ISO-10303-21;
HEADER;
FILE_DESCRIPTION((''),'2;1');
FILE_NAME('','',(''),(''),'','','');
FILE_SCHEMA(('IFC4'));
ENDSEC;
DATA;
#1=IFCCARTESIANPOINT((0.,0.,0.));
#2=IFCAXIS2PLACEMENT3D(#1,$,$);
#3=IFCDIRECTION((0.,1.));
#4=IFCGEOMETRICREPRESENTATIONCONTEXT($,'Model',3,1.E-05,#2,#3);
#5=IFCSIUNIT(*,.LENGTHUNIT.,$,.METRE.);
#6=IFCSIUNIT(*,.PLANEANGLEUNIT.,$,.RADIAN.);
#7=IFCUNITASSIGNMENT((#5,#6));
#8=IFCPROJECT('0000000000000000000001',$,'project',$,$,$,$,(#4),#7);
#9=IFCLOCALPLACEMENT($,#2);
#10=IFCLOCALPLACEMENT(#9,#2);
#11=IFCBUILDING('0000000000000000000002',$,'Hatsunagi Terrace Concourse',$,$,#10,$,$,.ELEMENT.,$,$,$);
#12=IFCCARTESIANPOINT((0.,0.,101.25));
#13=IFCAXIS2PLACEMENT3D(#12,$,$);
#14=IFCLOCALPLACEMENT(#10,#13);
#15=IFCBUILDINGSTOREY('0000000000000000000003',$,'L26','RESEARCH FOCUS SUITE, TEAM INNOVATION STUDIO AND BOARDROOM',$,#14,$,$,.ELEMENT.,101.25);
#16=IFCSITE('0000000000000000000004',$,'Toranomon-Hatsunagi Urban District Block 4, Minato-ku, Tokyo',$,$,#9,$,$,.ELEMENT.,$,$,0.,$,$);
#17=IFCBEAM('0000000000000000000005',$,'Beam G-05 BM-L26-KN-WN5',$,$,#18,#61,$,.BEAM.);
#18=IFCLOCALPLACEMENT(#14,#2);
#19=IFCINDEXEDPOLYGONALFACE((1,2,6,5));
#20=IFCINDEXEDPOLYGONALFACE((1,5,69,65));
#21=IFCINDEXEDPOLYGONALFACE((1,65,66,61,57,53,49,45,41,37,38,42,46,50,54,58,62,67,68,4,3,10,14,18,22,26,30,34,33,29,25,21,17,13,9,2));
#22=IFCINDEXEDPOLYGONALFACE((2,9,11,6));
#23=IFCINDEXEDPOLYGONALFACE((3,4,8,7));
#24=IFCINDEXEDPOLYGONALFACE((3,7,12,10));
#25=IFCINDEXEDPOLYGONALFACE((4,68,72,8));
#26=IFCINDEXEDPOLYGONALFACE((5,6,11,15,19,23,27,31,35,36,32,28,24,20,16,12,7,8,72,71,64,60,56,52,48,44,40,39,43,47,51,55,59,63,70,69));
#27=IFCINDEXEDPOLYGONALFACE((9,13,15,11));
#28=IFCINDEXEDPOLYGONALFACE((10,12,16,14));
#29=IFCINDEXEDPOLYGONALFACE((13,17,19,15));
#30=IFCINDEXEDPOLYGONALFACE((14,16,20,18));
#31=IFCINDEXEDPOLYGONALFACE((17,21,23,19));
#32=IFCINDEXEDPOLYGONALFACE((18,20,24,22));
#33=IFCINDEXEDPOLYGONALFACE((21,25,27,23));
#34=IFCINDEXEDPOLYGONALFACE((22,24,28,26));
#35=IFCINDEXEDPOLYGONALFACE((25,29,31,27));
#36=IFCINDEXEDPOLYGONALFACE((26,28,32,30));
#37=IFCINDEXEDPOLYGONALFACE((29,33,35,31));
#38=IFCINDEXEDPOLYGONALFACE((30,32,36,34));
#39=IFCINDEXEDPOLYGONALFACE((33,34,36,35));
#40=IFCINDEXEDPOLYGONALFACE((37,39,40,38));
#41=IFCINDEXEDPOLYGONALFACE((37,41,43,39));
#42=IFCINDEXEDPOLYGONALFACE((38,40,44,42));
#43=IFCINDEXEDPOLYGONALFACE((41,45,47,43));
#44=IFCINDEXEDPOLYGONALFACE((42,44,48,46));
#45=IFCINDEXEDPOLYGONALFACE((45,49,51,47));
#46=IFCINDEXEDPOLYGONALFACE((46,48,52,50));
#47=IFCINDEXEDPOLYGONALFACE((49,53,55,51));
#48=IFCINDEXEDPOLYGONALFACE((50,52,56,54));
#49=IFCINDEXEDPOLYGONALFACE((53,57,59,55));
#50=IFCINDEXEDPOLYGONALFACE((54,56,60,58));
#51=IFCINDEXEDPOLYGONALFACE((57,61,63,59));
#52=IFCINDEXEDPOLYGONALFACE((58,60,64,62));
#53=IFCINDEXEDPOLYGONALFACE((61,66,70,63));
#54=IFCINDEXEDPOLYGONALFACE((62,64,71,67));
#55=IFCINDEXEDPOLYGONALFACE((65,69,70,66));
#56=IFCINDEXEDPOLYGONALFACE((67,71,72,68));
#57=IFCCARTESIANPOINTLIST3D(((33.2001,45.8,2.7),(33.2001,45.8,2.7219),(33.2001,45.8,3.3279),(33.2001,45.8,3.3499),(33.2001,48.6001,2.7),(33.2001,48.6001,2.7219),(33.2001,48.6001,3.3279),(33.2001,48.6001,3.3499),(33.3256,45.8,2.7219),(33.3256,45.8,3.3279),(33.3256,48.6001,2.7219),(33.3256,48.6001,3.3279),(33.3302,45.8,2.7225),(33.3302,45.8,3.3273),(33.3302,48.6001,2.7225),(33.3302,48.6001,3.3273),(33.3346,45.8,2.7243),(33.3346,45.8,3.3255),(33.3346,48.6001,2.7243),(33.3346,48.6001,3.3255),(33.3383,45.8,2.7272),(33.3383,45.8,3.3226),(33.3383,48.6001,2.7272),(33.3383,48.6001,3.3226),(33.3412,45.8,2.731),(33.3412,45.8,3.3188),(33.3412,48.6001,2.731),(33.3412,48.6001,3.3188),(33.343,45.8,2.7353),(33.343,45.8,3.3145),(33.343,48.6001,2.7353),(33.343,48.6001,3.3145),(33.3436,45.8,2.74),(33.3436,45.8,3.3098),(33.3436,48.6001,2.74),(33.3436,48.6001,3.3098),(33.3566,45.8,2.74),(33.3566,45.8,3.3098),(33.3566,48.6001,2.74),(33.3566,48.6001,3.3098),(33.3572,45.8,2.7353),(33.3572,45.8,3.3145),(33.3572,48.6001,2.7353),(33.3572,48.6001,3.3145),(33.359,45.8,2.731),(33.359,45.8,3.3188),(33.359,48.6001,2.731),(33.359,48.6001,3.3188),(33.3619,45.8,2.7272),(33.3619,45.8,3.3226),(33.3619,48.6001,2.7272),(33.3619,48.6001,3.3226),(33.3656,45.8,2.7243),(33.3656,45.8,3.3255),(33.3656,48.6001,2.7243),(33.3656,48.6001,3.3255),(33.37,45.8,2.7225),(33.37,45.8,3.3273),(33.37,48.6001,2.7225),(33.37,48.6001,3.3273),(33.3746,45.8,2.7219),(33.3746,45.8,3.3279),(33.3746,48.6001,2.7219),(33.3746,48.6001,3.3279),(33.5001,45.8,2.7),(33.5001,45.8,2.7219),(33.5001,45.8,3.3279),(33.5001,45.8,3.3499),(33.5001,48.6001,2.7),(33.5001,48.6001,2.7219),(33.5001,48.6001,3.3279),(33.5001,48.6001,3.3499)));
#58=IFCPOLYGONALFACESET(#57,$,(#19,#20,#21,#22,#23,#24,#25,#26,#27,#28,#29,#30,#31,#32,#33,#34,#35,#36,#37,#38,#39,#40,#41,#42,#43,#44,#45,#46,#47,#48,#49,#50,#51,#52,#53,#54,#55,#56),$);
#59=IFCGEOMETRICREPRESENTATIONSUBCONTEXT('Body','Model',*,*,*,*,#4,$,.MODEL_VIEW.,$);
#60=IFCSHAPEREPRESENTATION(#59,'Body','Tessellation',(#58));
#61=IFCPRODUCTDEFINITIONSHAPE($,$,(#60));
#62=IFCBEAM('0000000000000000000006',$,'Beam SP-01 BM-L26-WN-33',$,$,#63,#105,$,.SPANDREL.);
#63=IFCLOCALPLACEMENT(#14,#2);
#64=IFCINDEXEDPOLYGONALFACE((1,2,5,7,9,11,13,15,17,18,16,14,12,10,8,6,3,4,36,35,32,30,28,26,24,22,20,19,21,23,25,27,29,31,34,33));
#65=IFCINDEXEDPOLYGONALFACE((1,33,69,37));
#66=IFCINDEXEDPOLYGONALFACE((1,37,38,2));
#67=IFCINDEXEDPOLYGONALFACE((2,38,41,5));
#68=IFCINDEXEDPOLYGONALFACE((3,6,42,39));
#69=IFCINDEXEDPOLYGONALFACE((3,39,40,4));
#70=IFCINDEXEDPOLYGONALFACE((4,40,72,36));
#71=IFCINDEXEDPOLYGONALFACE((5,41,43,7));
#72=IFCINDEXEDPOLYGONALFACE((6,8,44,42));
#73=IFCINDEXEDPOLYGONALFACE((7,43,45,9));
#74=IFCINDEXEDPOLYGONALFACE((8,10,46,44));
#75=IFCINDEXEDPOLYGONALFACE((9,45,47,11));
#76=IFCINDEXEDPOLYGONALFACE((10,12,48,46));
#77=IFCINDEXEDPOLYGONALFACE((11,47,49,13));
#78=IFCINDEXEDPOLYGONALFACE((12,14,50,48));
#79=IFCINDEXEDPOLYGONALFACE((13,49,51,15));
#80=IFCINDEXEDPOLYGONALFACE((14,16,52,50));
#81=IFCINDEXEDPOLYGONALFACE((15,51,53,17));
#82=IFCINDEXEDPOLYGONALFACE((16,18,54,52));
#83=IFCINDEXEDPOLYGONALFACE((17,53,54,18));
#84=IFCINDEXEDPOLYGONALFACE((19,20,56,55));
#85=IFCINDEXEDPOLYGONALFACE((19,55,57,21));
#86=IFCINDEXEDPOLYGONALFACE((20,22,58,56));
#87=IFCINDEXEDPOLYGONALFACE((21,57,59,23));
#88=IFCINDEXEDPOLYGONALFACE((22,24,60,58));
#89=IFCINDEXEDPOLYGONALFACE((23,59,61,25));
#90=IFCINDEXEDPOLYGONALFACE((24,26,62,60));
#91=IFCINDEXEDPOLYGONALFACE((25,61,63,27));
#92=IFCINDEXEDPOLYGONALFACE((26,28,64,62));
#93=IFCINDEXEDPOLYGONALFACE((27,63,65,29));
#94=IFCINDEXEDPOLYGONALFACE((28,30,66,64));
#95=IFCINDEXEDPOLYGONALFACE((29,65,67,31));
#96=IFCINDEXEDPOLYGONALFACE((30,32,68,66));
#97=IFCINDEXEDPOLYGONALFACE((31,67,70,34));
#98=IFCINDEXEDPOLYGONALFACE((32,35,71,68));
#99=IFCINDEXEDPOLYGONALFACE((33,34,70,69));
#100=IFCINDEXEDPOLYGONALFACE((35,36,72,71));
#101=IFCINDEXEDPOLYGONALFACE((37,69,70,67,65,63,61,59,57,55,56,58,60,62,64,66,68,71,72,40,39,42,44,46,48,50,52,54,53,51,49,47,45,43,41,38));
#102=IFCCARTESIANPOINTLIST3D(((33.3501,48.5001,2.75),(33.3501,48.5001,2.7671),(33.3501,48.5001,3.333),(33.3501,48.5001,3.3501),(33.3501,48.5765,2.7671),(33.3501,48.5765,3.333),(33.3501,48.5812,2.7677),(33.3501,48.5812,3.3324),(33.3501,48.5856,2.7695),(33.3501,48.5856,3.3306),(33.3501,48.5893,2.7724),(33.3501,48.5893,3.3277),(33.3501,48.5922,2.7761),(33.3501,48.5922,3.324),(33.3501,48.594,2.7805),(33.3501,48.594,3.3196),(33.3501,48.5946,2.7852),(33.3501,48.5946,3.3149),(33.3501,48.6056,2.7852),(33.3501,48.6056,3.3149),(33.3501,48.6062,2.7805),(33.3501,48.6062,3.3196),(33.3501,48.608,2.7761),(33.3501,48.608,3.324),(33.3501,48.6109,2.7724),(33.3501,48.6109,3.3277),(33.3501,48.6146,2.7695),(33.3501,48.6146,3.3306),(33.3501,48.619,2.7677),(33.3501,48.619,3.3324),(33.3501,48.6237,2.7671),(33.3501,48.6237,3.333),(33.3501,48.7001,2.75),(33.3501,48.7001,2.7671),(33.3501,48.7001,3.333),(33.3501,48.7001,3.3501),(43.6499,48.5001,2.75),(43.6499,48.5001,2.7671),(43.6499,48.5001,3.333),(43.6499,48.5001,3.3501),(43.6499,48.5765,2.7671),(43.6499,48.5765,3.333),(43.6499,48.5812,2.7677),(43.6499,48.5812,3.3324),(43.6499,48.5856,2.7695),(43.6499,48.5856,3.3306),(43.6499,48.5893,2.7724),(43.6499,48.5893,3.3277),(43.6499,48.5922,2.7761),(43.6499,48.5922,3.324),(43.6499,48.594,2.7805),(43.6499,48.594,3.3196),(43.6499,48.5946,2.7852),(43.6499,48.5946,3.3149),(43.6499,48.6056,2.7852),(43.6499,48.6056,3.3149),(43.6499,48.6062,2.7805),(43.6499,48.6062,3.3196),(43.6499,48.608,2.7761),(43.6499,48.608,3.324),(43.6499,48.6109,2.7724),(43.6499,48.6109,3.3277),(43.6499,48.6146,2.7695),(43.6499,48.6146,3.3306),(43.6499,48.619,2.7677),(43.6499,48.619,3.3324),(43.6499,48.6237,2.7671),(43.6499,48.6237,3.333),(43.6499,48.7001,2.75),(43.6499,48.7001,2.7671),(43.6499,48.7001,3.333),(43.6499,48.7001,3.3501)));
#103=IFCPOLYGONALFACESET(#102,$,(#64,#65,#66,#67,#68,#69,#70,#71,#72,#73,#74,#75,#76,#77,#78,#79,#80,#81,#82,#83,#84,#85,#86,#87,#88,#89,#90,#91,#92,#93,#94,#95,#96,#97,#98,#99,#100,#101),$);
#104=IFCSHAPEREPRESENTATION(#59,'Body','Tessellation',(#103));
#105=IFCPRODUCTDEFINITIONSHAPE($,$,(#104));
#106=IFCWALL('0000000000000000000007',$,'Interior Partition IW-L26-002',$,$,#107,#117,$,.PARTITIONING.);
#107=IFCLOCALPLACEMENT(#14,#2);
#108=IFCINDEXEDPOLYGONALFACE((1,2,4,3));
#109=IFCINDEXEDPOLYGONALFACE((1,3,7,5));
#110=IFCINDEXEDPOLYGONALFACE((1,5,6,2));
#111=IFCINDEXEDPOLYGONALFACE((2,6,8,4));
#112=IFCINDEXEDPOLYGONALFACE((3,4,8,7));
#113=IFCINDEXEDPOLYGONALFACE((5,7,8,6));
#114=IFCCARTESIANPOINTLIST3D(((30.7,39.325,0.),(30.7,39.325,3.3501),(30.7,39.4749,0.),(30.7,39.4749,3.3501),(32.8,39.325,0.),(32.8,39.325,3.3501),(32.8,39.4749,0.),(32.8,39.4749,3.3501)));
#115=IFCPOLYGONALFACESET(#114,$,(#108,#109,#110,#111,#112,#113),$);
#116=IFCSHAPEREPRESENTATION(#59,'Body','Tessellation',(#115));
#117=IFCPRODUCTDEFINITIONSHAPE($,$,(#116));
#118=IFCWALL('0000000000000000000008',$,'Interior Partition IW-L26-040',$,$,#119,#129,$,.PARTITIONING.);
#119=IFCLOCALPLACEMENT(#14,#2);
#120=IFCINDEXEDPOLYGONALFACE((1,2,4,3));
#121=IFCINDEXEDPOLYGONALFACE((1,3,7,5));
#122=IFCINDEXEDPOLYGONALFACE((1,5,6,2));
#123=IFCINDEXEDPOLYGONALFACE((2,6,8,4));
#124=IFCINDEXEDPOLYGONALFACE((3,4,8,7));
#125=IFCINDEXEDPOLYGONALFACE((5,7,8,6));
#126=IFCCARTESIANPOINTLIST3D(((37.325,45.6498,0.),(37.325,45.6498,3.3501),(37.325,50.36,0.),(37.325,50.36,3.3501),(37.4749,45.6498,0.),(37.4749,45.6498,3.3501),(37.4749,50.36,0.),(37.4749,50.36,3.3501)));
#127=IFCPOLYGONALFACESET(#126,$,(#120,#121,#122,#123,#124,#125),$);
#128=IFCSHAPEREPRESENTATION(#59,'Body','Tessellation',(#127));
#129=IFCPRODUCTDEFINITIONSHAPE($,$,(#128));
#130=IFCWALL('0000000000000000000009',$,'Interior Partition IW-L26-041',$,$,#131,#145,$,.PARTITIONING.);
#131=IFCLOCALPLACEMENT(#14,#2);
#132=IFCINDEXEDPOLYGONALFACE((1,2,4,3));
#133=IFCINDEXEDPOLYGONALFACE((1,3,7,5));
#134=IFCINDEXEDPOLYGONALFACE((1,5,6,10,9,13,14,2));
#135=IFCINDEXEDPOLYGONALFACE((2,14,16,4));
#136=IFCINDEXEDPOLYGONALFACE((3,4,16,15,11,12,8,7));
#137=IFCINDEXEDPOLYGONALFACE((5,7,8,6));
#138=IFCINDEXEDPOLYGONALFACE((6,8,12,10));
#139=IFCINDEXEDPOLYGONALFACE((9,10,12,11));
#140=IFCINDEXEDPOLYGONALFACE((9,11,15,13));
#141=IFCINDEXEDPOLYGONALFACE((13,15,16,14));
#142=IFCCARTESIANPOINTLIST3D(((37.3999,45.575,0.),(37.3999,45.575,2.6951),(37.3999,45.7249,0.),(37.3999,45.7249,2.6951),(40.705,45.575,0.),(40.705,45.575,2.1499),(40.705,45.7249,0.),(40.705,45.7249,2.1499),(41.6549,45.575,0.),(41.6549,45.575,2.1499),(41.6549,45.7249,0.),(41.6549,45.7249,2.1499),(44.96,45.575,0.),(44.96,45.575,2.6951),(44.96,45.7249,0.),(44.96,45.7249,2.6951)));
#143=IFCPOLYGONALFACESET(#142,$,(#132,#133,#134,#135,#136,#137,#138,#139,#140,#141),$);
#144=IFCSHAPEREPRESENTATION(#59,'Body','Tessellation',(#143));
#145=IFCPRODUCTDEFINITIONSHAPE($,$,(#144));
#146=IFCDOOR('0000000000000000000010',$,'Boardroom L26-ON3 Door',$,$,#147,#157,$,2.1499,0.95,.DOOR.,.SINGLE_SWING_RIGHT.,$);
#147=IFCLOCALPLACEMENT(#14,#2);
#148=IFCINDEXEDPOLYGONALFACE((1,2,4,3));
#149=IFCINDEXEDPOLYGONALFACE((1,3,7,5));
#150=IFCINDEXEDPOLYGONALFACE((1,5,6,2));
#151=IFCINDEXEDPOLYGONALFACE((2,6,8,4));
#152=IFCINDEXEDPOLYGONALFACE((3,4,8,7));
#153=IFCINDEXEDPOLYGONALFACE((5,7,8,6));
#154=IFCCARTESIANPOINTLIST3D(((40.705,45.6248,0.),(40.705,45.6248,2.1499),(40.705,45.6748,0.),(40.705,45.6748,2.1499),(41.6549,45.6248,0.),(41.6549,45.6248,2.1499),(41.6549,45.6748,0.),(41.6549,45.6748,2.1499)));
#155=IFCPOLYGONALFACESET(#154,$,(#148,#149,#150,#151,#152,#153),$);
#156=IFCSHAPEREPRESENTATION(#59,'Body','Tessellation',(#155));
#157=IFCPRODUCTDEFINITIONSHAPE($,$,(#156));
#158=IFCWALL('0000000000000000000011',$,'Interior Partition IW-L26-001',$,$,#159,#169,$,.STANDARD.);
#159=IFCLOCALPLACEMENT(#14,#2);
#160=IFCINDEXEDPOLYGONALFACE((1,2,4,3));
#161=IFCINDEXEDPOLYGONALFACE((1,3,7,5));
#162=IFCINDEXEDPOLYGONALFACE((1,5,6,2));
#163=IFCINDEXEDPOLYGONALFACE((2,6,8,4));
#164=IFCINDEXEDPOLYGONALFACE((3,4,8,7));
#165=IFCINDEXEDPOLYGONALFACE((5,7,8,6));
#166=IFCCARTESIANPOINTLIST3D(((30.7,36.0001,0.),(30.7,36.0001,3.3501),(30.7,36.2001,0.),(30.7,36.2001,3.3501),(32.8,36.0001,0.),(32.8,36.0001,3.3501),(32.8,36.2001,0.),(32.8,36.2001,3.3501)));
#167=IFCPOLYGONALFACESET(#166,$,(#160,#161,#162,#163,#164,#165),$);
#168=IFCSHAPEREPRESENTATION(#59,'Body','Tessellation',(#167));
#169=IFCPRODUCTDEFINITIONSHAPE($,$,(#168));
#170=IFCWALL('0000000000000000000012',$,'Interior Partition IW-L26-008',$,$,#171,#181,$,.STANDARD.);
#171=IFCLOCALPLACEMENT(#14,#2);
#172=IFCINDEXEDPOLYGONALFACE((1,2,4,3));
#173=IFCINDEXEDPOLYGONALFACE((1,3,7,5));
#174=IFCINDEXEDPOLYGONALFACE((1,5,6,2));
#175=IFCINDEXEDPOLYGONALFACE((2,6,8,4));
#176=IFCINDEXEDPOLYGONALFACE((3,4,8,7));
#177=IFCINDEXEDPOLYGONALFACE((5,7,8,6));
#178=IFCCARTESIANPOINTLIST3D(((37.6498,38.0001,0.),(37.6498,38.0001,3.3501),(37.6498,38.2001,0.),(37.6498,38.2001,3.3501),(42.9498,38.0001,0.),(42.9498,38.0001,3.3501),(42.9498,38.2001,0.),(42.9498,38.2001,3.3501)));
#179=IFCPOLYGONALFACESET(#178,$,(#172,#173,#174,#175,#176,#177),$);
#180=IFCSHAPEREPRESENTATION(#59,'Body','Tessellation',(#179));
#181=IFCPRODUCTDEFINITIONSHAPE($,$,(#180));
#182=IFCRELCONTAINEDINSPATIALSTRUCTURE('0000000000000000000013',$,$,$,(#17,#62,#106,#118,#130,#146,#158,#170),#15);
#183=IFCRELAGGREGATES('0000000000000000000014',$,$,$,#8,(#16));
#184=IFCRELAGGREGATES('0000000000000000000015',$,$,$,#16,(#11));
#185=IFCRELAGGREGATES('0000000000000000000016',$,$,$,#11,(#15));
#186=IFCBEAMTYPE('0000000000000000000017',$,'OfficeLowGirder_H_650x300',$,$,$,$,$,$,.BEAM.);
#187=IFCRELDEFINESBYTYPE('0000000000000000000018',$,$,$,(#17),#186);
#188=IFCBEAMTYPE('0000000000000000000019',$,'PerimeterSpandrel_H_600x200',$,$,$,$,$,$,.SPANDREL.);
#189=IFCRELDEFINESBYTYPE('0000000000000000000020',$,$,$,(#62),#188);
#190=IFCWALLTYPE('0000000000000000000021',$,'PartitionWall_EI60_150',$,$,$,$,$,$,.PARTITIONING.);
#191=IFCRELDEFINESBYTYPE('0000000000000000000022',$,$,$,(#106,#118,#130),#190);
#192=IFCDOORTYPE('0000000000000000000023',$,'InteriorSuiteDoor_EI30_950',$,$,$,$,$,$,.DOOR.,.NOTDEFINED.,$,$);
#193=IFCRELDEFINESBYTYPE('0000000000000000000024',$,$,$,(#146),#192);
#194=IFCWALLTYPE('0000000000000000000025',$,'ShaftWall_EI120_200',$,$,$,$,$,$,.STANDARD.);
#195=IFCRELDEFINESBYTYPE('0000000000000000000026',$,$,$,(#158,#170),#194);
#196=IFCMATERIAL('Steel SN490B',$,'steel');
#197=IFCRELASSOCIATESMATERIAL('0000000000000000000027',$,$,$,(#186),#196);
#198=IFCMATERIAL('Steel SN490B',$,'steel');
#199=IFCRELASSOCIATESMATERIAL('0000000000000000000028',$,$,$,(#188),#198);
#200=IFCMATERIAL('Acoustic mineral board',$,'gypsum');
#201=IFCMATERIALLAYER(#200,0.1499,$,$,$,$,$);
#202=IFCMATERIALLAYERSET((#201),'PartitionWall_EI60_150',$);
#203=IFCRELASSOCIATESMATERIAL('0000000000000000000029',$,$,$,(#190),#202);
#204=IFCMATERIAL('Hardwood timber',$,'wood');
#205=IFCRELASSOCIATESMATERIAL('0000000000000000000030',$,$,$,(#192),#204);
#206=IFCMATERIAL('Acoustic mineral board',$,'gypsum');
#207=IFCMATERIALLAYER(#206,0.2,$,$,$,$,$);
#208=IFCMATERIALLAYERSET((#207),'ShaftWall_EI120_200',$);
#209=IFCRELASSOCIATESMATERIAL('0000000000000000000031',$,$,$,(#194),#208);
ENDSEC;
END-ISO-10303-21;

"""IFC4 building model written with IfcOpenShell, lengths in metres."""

from ifc_helpers import new_model, si_unit, direction, frame, frame_2d, origin, origin_2d, place, context, subcontext, project, spatial, rectangle, i_section, extrude, material, layer, layer_set, material_profile, profile_set, type_object, element, fill, save


model = new_model("IFC4")

# Units and contexts
model_context = context("Model", 3, precision=1e-05, world=origin(), true_north=direction((0.0, 1.0)))
body_context = subcontext(model_context, "Body", "Model", "MODEL_VIEW")
ifc_project = project(units=[si_unit("LENGTHUNIT", "METRE"), si_unit("PLANEANGLEUNIT", "RADIAN")], contexts=[model_context])

# Site, building, storey
site_placement = place(None, origin())
site = spatial("IfcSite", under=ifc_project, at=site_placement, Name="Toranomon-Hatsunagi Urban District Block 4, Minato-ku, Tokyo", CompositionType="ELEMENT", RefElevation=0.0)
building_placement = place(site_placement, origin())
building = spatial("IfcBuilding", under=site, at=building_placement, Name="Hatsunagi Terrace Concourse", CompositionType="ELEMENT")
storey_placement = place(building_placement, frame((0.0, 0.0, 101.25)))
storey = spatial("IfcBuildingStorey", under=building, at=storey_placement, Name="L26", Description="RESEARCH FOCUS SUITE, TEAM INNOVATION STUDIO AND BOARDROOM", CompositionType="ELEMENT", Elevation=101.25)

# Beams
ifc_material_1 = material(Name="Steel SN490B", Category="steel")
ifc_material_profile_1 = material_profile(ifc_material_1, i_section(OverallWidth=0.3, OverallDepth=0.6499, WebThickness=0.0129, FlangeThickness=0.022, FilletRadius=0.0181, at=origin_2d()), Name="H-650x300x13x22")
ifc_profile_set_1 = profile_set([ifc_material_profile_1], Name="Steel SN490B")
beam_type_1 = type_object("IfcBeamType", Name="OfficeLowGirder_H_650x300", PredefinedType="BEAM", material=ifc_profile_set_1)
beam_1_placement = place(storey_placement, frame((33.3501, 45.8, 3.0249), z_axis=(0.0, 1.0, 0.0), x_axis=(-1.0, 0.0, 0.0)))
element("IfcBeam", 1, at=beam_1_placement, inside=storey, type_object=beam_type_1, Name="Beam G-05 BM-L26-KN-WN5", PredefinedType="BEAM", context=body_context, shape_type="SweptSolid", body=[
    extrude(i_section(OverallWidth=0.3, OverallDepth=0.6499, WebThickness=0.0129, FlangeThickness=0.022, FilletRadius=0.0181, at=origin_2d()), origin(), (0.0, 0.0, 1.0), 2.8),
])
ifc_material_2 = material(Name="Steel SN490B", Category="steel")
ifc_material_profile_2 = material_profile(ifc_material_2, i_section(OverallWidth=0.2, OverallDepth=0.6001, WebThickness=0.011, FlangeThickness=0.0171, FilletRadius=0.0181, at=origin_2d()), Name="H-600x200x11x17")
ifc_profile_set_2 = profile_set([ifc_material_profile_2], Name="Steel SN490B")
beam_type_2 = type_object("IfcBeamType", Name="PerimeterSpandrel_H_600x200", PredefinedType="SPANDREL", material=ifc_profile_set_2)
beam_2_placement = place(storey_placement, frame((33.3501, 48.6001, 3.05), z_axis=(1.0, 0.0, 0.0), x_axis=(0.0, 1.0, 0.0)))
element("IfcBeam", 2, at=beam_2_placement, inside=storey, type_object=beam_type_2, Name="Beam SP-01 BM-L26-WN-33", PredefinedType="SPANDREL", context=body_context, shape_type="SweptSolid", body=[
    extrude(i_section(OverallWidth=0.2, OverallDepth=0.6001, WebThickness=0.011, FlangeThickness=0.0171, FilletRadius=0.0181, at=origin_2d()), origin(), (0.0, 0.0, 1.0), 10.2998),
])

# Walls
ifc_material_3 = material(Name="Acoustic mineral board", Category="gypsum")
ifc_layer_1 = layer(ifc_material_3, 0.1499)
ifc_layer_set_1 = layer_set([ifc_layer_1], Name="PartitionWall_EI60_150")
wall_type_1 = type_object("IfcWallType", Name="PartitionWall_EI60_150", PredefinedType="PARTITIONING", material=ifc_layer_set_1)
wall_1_placement = place(storey_placement, frame((30.7, 39.3999, 0.0), z_axis=(0.0, 0.0, 1.0), x_axis=(1.0, 0.0, 0.0)))
element("IfcWall", 3, at=wall_1_placement, inside=storey, type_object=wall_type_1, Name="Interior Partition IW-L26-002", PredefinedType="PARTITIONING", context=body_context, shape_type="SweptSolid", body=[
    extrude(rectangle(XDim=2.1001, YDim=0.1499, at=frame_2d((1.05, 0.0))), origin(), (0.0, 0.0, 1.0), 3.3501),
])
wall_2_placement = place(storey_placement, frame((37.3999, 45.6499, 0.0), z_axis=(0.0, 0.0, 1.0), x_axis=(0.0, 1.0, 0.0)))
element("IfcWall", 4, at=wall_2_placement, inside=storey, type_object=wall_type_1, Name="Interior Partition IW-L26-040", PredefinedType="PARTITIONING", context=body_context, shape_type="SweptSolid", body=[
    extrude(rectangle(XDim=4.7102, YDim=0.1499, at=frame_2d((2.355, 0.0))), origin(), (0.0, 0.0, 1.0), 3.3501),
])

# Wall, opening, door
wall_3_placement = place(storey_placement, frame((37.3999, 45.6499, 0.0), z_axis=(0.0, 0.0, 1.0), x_axis=(1.0, 0.0, 0.0)))
wall_3 = element("IfcWall", 5, at=wall_3_placement, inside=storey, type_object=wall_type_1, Name="Interior Partition IW-L26-041", PredefinedType="PARTITIONING", context=body_context, shape_type="SweptSolid", body=[
    extrude(rectangle(XDim=7.5601, YDim=0.1499, at=frame_2d((3.78, 0.0))), origin(), (0.0, 0.0, 1.0), 2.6951),
])
opening_1_placement = place(wall_3_placement, frame((3.3049, 0.0, 0.0)))
opening_1 = element("IfcOpeningElement", 6, at=opening_1_placement, cuts=wall_3, PredefinedType="OPENING", context=body_context, shape_type="SweptSolid", body=[
    extrude(rectangle(XDim=0.95, YDim=2.1499, at=frame_2d((0.4751, 1.075))), frame((0.0, 0.085, 0.0), z_axis=(0.0, -1.0, 0.0), x_axis=(1.0, 0.0, 0.0)), (0.0, 0.0, 1.0), 0.1699),
])
ifc_material_4 = material(Name="Hardwood timber", Category="wood")
door_type_1 = type_object("IfcDoorType", Name="InteriorSuiteDoor_EI30_950", OperationType="NOTDEFINED", PredefinedType="DOOR", material=ifc_material_4)
door_1_placement = place(opening_1_placement, origin())
door_1 = element("IfcDoor", 7, at=door_1_placement, inside=storey, type_object=door_type_1, Name="Boardroom L26-ON3 Door", OperationType="SINGLE_SWING_RIGHT", OverallHeight=2.1499, OverallWidth=0.95, PredefinedType="DOOR", context=body_context, shape_type="SweptSolid", body=[
    extrude(rectangle(XDim=0.95, YDim=2.1499, at=frame_2d((0.4751, 1.075))), frame((0.0, 0.0249, 0.0), z_axis=(0.0, -1.0, 0.0), x_axis=(1.0, 0.0, 0.0)), (0.0, 0.0, 1.0), 0.05),
])
fill(opening_1, door_1)

# Walls
ifc_material_5 = material(Name="Acoustic mineral board", Category="gypsum")
ifc_layer_2 = layer(ifc_material_5, 0.2)
ifc_layer_set_2 = layer_set([ifc_layer_2], Name="ShaftWall_EI120_200")
wall_type_2 = type_object("IfcWallType", Name="ShaftWall_EI120_200", PredefinedType="STANDARD", material=ifc_layer_set_2)
wall_4_placement = place(storey_placement, frame((30.7, 36.1001, 0.0), z_axis=(0.0, 0.0, 1.0), x_axis=(1.0, 0.0, 0.0)))
element("IfcWall", 8, at=wall_4_placement, inside=storey, type_object=wall_type_2, Name="Interior Partition IW-L26-001", PredefinedType="STANDARD", context=body_context, shape_type="SweptSolid", body=[
    extrude(rectangle(XDim=2.1001, YDim=0.2, at=frame_2d((1.05, 0.0))), origin(), (0.0, 0.0, 1.0), 3.3501),
])
wall_5_placement = place(storey_placement, frame((37.6499, 38.1001, 0.0), z_axis=(0.0, 0.0, 1.0), x_axis=(1.0, 0.0, 0.0)))
element("IfcWall", 9, at=wall_5_placement, inside=storey, type_object=wall_type_2, Name="Interior Partition IW-L26-008", PredefinedType="STANDARD", context=body_context, shape_type="SweptSolid", body=[
    extrude(rectangle(XDim=5.3, YDim=0.2, at=frame_2d((2.6499, 0.0))), origin(), (0.0, 0.0, 1.0), 3.3501),
])

save(model, "model.ifc")
